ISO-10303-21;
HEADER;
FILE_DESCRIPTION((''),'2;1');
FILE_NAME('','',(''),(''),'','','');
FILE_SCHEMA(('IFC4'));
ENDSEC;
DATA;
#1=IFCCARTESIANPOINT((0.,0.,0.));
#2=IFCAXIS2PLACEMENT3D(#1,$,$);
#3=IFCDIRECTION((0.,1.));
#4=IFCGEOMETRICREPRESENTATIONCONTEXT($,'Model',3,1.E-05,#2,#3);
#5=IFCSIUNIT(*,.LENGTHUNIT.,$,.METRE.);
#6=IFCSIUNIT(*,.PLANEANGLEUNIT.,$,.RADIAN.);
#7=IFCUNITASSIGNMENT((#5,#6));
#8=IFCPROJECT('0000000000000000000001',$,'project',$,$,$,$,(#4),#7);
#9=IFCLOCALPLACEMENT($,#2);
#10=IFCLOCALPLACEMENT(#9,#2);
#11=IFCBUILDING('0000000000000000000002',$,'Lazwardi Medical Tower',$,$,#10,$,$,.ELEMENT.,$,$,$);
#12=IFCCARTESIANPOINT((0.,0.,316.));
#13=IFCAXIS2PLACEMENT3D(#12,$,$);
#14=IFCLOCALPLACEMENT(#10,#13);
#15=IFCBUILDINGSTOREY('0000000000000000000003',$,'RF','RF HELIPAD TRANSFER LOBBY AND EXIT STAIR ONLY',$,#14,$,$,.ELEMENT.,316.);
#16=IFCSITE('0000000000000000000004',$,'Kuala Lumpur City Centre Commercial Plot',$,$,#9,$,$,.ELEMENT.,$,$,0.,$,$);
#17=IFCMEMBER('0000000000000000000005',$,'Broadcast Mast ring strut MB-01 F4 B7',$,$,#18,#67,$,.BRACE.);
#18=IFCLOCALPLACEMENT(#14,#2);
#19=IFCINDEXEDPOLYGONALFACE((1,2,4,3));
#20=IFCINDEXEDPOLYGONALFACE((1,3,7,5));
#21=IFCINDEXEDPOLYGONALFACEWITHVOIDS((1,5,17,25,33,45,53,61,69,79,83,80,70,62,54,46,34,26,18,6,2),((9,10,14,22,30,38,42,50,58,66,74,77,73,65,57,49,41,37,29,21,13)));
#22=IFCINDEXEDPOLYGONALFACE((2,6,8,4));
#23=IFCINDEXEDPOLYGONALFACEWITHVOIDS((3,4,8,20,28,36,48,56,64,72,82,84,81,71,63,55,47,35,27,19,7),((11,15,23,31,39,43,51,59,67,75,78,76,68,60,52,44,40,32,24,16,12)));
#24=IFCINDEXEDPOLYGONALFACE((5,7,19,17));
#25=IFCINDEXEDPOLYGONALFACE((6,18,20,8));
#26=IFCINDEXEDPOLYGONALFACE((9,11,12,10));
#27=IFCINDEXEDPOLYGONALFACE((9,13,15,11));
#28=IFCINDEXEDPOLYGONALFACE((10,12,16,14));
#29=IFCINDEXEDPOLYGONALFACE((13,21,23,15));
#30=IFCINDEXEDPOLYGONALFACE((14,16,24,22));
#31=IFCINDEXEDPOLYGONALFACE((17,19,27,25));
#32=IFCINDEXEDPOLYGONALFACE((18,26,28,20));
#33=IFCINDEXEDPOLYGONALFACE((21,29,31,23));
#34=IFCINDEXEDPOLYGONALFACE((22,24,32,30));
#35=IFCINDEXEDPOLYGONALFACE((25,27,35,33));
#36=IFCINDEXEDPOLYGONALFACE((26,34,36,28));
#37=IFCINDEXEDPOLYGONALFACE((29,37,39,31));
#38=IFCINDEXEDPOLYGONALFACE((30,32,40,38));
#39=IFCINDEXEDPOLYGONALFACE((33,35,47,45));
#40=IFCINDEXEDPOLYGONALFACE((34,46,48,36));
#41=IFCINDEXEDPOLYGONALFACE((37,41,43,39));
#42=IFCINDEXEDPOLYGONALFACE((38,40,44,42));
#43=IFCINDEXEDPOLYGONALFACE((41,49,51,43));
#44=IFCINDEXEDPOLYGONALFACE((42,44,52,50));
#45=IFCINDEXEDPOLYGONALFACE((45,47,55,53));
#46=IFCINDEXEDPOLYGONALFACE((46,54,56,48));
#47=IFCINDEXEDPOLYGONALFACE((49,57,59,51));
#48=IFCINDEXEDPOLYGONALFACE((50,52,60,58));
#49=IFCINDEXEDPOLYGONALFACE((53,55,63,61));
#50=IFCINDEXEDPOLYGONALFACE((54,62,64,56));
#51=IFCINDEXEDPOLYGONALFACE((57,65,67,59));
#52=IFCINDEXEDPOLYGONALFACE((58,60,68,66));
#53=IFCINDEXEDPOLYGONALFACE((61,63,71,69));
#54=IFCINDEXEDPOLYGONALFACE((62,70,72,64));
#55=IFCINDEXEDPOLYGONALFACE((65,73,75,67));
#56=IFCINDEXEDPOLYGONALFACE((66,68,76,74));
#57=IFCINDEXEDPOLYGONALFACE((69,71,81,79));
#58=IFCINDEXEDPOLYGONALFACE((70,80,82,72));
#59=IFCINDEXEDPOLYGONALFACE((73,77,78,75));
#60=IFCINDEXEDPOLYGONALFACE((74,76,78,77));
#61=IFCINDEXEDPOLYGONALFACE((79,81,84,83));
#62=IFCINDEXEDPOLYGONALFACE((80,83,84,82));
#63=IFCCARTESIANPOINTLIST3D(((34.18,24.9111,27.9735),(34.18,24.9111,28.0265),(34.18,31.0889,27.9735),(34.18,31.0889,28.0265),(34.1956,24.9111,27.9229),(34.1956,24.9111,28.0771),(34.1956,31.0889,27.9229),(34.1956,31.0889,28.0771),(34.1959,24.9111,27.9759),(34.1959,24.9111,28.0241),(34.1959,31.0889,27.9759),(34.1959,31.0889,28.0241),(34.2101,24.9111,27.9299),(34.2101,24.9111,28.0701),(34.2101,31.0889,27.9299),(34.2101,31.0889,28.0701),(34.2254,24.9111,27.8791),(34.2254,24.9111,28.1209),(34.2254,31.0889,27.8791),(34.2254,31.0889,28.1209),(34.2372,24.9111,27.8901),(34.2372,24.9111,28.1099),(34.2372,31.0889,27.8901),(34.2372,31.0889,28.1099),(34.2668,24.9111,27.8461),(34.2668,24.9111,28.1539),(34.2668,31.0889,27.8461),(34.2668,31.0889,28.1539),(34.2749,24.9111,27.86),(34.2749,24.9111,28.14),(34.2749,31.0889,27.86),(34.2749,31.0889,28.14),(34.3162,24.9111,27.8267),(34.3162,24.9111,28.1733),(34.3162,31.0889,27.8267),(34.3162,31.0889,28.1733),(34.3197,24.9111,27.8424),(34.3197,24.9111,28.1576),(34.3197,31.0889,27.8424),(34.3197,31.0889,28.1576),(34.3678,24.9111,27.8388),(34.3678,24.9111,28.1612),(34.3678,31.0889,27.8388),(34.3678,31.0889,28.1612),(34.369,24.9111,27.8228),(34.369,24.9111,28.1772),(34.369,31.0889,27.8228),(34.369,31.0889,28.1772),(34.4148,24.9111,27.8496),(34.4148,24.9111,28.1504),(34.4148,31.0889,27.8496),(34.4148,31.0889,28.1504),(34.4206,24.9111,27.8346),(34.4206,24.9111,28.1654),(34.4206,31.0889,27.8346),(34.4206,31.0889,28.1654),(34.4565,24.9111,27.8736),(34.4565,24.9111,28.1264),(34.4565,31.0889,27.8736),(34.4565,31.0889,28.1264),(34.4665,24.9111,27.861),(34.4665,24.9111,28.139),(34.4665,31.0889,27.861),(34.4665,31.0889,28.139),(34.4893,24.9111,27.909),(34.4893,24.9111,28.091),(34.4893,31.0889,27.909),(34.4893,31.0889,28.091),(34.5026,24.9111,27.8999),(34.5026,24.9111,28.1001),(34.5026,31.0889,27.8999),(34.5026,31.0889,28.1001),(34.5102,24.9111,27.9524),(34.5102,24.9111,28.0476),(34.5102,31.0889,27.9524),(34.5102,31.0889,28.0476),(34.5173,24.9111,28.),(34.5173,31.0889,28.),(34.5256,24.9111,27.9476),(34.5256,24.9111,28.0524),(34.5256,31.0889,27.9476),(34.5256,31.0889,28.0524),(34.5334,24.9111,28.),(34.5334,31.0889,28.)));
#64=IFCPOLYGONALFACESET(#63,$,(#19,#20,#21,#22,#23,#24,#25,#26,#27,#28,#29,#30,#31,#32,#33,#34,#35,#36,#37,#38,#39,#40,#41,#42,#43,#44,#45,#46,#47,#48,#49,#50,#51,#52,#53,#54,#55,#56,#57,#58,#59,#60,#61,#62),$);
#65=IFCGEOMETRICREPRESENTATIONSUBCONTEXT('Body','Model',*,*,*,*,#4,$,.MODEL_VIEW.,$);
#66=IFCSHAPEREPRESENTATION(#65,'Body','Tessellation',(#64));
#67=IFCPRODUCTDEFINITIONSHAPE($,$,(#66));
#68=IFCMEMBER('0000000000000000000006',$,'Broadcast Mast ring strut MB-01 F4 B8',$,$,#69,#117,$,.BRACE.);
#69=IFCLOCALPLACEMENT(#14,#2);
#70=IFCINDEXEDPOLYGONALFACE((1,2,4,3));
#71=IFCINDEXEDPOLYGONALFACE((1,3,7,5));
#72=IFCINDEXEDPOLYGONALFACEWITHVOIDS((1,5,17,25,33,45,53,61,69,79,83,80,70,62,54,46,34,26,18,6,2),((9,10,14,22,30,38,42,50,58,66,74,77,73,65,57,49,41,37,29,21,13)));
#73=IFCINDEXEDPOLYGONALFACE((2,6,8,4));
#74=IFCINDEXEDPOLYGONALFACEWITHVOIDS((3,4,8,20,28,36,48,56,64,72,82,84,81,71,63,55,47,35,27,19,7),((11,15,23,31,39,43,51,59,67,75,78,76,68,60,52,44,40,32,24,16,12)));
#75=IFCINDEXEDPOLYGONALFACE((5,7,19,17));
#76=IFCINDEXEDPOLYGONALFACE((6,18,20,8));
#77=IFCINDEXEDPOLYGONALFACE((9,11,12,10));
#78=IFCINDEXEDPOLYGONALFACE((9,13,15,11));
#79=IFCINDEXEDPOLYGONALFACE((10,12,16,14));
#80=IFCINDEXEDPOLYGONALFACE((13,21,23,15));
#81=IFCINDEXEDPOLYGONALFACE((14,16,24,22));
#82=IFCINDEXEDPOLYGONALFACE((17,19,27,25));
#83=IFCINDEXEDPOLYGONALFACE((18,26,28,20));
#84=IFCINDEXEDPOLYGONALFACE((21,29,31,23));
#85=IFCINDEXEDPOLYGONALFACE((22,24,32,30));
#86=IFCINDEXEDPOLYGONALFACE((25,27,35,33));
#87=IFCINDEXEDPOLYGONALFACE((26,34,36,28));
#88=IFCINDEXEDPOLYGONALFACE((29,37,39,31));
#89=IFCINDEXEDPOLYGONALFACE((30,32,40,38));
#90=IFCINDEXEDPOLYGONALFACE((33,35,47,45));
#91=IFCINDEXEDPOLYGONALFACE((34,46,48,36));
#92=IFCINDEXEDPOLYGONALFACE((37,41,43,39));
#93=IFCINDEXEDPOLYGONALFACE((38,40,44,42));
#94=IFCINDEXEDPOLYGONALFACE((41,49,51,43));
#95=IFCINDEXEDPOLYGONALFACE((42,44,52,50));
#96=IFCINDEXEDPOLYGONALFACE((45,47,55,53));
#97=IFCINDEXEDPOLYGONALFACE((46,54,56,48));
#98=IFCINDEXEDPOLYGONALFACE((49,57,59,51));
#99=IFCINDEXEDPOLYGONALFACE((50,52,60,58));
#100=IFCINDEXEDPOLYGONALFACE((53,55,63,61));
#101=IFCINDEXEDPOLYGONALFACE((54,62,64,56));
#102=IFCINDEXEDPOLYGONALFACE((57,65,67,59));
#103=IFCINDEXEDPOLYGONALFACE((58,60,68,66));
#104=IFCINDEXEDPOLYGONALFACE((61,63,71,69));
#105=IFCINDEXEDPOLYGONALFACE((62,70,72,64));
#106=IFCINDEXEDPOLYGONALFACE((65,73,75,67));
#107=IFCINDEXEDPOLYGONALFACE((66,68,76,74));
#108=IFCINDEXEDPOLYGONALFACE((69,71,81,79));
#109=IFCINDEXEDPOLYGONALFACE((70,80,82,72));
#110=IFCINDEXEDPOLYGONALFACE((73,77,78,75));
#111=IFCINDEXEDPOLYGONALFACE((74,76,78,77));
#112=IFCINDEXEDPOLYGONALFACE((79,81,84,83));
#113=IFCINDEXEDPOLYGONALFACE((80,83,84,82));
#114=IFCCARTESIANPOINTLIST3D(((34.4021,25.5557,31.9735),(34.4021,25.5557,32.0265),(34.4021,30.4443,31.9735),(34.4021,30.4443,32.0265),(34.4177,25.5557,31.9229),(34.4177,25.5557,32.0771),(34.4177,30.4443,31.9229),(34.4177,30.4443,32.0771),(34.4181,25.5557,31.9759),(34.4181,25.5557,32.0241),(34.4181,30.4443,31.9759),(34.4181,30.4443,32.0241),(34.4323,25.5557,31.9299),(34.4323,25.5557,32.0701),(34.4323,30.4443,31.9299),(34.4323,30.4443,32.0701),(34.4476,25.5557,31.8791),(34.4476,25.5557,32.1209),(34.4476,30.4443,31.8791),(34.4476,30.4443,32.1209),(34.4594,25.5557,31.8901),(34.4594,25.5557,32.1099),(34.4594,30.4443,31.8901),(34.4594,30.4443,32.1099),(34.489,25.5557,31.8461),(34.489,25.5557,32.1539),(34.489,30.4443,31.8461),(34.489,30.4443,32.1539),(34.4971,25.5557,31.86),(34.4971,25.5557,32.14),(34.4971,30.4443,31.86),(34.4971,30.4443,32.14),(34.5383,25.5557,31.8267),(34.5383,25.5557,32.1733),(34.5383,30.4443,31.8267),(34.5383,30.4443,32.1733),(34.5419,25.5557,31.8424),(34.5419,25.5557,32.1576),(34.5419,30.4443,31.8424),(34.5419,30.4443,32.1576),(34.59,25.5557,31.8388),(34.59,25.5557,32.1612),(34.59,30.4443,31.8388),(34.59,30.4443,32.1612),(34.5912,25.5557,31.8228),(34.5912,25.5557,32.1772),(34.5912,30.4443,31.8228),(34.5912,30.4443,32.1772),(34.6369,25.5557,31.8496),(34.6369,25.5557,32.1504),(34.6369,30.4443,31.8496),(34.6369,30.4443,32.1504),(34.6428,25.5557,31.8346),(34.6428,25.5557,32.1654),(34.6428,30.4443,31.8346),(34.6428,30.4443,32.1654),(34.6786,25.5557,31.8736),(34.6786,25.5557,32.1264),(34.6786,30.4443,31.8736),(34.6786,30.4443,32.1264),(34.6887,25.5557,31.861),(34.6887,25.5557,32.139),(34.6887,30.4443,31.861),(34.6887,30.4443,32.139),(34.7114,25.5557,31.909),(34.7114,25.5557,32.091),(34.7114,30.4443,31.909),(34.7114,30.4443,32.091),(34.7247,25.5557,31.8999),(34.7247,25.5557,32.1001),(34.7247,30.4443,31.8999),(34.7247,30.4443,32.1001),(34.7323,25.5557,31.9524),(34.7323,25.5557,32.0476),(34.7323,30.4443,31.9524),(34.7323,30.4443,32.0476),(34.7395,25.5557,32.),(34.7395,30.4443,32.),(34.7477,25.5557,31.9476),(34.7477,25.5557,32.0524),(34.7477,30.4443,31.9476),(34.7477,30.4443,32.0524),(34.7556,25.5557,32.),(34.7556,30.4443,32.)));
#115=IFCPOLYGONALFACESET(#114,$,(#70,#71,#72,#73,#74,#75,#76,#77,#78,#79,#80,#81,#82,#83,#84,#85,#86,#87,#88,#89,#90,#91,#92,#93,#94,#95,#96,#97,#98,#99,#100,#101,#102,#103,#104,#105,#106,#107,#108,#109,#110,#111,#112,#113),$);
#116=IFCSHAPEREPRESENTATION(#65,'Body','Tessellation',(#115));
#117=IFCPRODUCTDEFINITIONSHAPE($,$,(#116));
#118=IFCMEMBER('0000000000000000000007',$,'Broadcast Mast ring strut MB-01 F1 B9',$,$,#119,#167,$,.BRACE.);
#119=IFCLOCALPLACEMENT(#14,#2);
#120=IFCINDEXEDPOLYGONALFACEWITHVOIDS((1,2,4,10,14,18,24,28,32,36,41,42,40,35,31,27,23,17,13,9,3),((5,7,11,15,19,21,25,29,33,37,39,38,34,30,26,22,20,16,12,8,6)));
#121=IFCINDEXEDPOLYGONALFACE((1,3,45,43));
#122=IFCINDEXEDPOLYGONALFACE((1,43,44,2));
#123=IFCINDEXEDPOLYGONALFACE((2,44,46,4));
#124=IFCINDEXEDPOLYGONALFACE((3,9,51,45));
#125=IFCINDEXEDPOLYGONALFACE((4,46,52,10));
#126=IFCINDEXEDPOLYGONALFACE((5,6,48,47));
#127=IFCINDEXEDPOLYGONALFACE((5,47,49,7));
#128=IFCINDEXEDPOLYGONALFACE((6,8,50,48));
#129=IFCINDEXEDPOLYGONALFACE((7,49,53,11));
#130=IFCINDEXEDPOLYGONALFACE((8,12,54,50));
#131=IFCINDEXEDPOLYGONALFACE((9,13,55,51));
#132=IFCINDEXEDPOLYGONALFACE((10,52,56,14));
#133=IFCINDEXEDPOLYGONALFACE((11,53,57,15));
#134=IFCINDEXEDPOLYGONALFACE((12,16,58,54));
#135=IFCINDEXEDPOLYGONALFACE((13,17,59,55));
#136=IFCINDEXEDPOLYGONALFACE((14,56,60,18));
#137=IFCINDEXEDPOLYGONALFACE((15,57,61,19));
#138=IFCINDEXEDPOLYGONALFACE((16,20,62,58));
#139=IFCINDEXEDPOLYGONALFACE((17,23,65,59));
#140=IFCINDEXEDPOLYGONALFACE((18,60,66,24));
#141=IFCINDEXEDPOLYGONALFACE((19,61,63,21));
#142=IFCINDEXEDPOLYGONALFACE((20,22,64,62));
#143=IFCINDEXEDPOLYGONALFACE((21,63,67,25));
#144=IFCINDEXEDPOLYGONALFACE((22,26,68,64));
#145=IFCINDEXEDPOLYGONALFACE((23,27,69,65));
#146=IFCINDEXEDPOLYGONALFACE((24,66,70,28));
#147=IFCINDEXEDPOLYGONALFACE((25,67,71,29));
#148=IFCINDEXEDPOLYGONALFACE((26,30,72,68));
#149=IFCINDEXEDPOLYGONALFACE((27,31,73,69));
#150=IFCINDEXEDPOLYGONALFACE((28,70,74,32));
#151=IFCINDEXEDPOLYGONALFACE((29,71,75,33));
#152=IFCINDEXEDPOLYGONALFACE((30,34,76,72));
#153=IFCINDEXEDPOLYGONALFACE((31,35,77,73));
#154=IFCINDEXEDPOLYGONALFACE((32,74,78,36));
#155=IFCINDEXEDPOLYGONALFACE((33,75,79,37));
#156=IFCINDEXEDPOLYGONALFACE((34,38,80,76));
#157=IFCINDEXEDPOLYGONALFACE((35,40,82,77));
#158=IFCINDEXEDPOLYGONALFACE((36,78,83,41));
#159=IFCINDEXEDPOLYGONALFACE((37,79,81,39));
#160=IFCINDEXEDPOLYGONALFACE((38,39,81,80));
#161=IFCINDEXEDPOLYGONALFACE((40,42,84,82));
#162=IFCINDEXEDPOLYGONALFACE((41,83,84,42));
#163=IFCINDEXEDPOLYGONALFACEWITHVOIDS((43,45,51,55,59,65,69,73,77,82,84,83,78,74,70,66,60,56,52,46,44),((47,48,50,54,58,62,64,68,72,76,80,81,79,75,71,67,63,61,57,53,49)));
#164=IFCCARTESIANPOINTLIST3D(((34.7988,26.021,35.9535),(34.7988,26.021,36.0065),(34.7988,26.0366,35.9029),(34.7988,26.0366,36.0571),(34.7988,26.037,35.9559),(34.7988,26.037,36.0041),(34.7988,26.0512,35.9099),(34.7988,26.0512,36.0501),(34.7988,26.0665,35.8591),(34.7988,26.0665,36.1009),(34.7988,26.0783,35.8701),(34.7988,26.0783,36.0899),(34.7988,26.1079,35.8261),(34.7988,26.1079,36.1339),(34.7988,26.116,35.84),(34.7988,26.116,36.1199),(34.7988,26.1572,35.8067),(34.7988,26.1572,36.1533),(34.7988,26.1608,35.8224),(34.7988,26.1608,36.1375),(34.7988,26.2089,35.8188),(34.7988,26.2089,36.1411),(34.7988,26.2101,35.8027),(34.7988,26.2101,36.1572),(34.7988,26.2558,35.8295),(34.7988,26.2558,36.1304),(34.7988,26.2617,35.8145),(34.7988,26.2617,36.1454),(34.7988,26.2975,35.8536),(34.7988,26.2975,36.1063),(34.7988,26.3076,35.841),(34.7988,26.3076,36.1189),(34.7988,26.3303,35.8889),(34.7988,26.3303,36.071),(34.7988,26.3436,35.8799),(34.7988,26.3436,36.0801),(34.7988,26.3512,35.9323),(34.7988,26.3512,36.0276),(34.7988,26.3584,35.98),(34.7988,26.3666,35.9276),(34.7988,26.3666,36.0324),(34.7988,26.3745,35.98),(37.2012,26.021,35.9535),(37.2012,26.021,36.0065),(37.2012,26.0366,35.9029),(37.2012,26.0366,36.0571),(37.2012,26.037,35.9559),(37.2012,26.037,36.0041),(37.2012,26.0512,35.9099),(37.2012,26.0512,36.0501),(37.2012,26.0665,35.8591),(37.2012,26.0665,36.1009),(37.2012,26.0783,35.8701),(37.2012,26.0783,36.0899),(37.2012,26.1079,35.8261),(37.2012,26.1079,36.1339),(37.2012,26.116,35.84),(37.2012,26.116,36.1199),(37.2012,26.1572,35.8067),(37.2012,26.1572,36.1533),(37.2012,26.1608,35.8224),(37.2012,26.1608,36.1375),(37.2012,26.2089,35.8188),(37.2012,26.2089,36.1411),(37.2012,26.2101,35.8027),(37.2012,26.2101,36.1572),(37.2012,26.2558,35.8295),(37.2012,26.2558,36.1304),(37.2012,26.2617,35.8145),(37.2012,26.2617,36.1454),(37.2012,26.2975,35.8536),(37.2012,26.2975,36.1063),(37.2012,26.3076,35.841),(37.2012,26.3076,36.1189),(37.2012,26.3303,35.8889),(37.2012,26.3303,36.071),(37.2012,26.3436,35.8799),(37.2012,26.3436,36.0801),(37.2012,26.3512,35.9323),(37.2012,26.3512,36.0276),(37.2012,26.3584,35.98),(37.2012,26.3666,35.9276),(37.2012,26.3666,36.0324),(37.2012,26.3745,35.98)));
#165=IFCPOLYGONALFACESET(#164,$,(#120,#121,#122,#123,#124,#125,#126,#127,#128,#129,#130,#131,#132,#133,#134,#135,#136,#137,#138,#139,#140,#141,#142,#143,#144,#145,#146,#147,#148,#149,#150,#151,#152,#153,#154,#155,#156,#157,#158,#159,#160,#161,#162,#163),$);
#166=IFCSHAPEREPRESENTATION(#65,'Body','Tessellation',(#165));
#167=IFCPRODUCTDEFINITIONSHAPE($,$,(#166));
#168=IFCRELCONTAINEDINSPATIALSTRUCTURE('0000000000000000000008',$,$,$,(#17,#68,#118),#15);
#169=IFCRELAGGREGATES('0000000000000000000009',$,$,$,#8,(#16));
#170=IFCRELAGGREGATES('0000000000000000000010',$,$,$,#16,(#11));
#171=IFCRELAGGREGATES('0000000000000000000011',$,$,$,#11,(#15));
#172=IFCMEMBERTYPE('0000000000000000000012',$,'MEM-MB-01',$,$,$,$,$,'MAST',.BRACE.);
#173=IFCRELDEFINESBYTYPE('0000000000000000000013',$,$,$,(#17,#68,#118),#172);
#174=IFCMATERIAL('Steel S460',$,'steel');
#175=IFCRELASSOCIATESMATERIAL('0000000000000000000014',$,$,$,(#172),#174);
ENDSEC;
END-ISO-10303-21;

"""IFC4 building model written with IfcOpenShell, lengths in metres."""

from ifc_helpers import new_model, si_unit, direction, frame, origin, origin_2d, place, context, subcontext, project, spatial, hollow_circle, extrude, material, material_profile, profile_set, type_object, element, save


model = new_model("IFC4")

# Units and contexts
model_context = context("Model", 3, precision=1e-05, world=origin(), true_north=direction((0.0, 1.0)))
body_context = subcontext(model_context, "Body", "Model", "MODEL_VIEW")
ifc_project = project(units=[si_unit("LENGTHUNIT", "METRE"), si_unit("PLANEANGLEUNIT", "RADIAN")], contexts=[model_context])

# Site, building, storey
site_placement = place(None, origin())
site = spatial("IfcSite", under=ifc_project, at=site_placement, Name="Kuala Lumpur City Centre Commercial Plot", CompositionType="ELEMENT", RefElevation=0.0)
building_placement = place(site_placement, origin())
building = spatial("IfcBuilding", under=site, at=building_placement, Name="Lazwardi Medical Tower", CompositionType="ELEMENT")
storey_placement = place(building_placement, frame((0.0, 0.0, 316.0)))
storey = spatial("IfcBuildingStorey", under=building, at=storey_placement, Name="RF", Description="RF HELIPAD TRANSFER LOBBY AND EXIT STAIR ONLY", CompositionType="ELEMENT", Elevation=316.0)

# Members
ifc_material = material(Name="Steel S460", Category="steel")
ifc_material_profile_1 = material_profile(ifc_material, hollow_circle(Radius=0.1777, WallThickness=0.0161, at=origin_2d()), Name="CHS 355.6x16")
ifc_profile_set_1 = profile_set([ifc_material_profile_1], Name="Steel S460")
member_type_1 = type_object("IfcMemberType", Name="MEM-MB-01", ElementType="MAST", PredefinedType="BRACE", material=ifc_profile_set_1)
member_1_placement = place(storey_placement, frame((34.3557, 31.0889, 28.0), z_axis=(0.0, -1.0, 0.0), x_axis=(1.0, 0.0, 0.0)))
element("IfcMember", 1, at=member_1_placement, inside=storey, type_object=member_type_1, Name="Broadcast Mast ring strut MB-01 F4 B7", PredefinedType="BRACE", context=body_context, shape_type="SweptSolid", body=[
    extrude(hollow_circle(Radius=0.1777, WallThickness=0.0161, at=origin_2d()), origin(), (0.0, 0.0, 1.0), 6.1777),
])
member_2_placement = place(storey_placement, frame((34.5779, 30.4443, 32.0), z_axis=(0.0, -1.0, 0.0), x_axis=(1.0, 0.0, 0.0)))
element("IfcMember", 2, at=member_2_placement, inside=storey, type_object=member_type_1, Name="Broadcast Mast ring strut MB-01 F4 B8", PredefinedType="BRACE", context=body_context, shape_type="SweptSolid", body=[
    extrude(hollow_circle(Radius=0.1777, WallThickness=0.0161, at=origin_2d()), origin(), (0.0, 0.0, 1.0), 4.8887),
])
member_3_placement = place(storey_placement, frame((34.7988, 26.1968, 35.98), z_axis=(1.0, 0.0, 0.0), x_axis=(0.0, 1.0, 0.0)))
element("IfcMember", 3, at=member_3_placement, inside=storey, type_object=member_type_1, Name="Broadcast Mast ring strut MB-01 F1 B9", PredefinedType="BRACE", context=body_context, shape_type="SweptSolid", body=[
    extrude(hollow_circle(Radius=0.1777, WallThickness=0.0161, at=origin_2d()), origin(), (0.0, 0.0, 1.0), 2.4023),
])

save(model, "model.ifc")
